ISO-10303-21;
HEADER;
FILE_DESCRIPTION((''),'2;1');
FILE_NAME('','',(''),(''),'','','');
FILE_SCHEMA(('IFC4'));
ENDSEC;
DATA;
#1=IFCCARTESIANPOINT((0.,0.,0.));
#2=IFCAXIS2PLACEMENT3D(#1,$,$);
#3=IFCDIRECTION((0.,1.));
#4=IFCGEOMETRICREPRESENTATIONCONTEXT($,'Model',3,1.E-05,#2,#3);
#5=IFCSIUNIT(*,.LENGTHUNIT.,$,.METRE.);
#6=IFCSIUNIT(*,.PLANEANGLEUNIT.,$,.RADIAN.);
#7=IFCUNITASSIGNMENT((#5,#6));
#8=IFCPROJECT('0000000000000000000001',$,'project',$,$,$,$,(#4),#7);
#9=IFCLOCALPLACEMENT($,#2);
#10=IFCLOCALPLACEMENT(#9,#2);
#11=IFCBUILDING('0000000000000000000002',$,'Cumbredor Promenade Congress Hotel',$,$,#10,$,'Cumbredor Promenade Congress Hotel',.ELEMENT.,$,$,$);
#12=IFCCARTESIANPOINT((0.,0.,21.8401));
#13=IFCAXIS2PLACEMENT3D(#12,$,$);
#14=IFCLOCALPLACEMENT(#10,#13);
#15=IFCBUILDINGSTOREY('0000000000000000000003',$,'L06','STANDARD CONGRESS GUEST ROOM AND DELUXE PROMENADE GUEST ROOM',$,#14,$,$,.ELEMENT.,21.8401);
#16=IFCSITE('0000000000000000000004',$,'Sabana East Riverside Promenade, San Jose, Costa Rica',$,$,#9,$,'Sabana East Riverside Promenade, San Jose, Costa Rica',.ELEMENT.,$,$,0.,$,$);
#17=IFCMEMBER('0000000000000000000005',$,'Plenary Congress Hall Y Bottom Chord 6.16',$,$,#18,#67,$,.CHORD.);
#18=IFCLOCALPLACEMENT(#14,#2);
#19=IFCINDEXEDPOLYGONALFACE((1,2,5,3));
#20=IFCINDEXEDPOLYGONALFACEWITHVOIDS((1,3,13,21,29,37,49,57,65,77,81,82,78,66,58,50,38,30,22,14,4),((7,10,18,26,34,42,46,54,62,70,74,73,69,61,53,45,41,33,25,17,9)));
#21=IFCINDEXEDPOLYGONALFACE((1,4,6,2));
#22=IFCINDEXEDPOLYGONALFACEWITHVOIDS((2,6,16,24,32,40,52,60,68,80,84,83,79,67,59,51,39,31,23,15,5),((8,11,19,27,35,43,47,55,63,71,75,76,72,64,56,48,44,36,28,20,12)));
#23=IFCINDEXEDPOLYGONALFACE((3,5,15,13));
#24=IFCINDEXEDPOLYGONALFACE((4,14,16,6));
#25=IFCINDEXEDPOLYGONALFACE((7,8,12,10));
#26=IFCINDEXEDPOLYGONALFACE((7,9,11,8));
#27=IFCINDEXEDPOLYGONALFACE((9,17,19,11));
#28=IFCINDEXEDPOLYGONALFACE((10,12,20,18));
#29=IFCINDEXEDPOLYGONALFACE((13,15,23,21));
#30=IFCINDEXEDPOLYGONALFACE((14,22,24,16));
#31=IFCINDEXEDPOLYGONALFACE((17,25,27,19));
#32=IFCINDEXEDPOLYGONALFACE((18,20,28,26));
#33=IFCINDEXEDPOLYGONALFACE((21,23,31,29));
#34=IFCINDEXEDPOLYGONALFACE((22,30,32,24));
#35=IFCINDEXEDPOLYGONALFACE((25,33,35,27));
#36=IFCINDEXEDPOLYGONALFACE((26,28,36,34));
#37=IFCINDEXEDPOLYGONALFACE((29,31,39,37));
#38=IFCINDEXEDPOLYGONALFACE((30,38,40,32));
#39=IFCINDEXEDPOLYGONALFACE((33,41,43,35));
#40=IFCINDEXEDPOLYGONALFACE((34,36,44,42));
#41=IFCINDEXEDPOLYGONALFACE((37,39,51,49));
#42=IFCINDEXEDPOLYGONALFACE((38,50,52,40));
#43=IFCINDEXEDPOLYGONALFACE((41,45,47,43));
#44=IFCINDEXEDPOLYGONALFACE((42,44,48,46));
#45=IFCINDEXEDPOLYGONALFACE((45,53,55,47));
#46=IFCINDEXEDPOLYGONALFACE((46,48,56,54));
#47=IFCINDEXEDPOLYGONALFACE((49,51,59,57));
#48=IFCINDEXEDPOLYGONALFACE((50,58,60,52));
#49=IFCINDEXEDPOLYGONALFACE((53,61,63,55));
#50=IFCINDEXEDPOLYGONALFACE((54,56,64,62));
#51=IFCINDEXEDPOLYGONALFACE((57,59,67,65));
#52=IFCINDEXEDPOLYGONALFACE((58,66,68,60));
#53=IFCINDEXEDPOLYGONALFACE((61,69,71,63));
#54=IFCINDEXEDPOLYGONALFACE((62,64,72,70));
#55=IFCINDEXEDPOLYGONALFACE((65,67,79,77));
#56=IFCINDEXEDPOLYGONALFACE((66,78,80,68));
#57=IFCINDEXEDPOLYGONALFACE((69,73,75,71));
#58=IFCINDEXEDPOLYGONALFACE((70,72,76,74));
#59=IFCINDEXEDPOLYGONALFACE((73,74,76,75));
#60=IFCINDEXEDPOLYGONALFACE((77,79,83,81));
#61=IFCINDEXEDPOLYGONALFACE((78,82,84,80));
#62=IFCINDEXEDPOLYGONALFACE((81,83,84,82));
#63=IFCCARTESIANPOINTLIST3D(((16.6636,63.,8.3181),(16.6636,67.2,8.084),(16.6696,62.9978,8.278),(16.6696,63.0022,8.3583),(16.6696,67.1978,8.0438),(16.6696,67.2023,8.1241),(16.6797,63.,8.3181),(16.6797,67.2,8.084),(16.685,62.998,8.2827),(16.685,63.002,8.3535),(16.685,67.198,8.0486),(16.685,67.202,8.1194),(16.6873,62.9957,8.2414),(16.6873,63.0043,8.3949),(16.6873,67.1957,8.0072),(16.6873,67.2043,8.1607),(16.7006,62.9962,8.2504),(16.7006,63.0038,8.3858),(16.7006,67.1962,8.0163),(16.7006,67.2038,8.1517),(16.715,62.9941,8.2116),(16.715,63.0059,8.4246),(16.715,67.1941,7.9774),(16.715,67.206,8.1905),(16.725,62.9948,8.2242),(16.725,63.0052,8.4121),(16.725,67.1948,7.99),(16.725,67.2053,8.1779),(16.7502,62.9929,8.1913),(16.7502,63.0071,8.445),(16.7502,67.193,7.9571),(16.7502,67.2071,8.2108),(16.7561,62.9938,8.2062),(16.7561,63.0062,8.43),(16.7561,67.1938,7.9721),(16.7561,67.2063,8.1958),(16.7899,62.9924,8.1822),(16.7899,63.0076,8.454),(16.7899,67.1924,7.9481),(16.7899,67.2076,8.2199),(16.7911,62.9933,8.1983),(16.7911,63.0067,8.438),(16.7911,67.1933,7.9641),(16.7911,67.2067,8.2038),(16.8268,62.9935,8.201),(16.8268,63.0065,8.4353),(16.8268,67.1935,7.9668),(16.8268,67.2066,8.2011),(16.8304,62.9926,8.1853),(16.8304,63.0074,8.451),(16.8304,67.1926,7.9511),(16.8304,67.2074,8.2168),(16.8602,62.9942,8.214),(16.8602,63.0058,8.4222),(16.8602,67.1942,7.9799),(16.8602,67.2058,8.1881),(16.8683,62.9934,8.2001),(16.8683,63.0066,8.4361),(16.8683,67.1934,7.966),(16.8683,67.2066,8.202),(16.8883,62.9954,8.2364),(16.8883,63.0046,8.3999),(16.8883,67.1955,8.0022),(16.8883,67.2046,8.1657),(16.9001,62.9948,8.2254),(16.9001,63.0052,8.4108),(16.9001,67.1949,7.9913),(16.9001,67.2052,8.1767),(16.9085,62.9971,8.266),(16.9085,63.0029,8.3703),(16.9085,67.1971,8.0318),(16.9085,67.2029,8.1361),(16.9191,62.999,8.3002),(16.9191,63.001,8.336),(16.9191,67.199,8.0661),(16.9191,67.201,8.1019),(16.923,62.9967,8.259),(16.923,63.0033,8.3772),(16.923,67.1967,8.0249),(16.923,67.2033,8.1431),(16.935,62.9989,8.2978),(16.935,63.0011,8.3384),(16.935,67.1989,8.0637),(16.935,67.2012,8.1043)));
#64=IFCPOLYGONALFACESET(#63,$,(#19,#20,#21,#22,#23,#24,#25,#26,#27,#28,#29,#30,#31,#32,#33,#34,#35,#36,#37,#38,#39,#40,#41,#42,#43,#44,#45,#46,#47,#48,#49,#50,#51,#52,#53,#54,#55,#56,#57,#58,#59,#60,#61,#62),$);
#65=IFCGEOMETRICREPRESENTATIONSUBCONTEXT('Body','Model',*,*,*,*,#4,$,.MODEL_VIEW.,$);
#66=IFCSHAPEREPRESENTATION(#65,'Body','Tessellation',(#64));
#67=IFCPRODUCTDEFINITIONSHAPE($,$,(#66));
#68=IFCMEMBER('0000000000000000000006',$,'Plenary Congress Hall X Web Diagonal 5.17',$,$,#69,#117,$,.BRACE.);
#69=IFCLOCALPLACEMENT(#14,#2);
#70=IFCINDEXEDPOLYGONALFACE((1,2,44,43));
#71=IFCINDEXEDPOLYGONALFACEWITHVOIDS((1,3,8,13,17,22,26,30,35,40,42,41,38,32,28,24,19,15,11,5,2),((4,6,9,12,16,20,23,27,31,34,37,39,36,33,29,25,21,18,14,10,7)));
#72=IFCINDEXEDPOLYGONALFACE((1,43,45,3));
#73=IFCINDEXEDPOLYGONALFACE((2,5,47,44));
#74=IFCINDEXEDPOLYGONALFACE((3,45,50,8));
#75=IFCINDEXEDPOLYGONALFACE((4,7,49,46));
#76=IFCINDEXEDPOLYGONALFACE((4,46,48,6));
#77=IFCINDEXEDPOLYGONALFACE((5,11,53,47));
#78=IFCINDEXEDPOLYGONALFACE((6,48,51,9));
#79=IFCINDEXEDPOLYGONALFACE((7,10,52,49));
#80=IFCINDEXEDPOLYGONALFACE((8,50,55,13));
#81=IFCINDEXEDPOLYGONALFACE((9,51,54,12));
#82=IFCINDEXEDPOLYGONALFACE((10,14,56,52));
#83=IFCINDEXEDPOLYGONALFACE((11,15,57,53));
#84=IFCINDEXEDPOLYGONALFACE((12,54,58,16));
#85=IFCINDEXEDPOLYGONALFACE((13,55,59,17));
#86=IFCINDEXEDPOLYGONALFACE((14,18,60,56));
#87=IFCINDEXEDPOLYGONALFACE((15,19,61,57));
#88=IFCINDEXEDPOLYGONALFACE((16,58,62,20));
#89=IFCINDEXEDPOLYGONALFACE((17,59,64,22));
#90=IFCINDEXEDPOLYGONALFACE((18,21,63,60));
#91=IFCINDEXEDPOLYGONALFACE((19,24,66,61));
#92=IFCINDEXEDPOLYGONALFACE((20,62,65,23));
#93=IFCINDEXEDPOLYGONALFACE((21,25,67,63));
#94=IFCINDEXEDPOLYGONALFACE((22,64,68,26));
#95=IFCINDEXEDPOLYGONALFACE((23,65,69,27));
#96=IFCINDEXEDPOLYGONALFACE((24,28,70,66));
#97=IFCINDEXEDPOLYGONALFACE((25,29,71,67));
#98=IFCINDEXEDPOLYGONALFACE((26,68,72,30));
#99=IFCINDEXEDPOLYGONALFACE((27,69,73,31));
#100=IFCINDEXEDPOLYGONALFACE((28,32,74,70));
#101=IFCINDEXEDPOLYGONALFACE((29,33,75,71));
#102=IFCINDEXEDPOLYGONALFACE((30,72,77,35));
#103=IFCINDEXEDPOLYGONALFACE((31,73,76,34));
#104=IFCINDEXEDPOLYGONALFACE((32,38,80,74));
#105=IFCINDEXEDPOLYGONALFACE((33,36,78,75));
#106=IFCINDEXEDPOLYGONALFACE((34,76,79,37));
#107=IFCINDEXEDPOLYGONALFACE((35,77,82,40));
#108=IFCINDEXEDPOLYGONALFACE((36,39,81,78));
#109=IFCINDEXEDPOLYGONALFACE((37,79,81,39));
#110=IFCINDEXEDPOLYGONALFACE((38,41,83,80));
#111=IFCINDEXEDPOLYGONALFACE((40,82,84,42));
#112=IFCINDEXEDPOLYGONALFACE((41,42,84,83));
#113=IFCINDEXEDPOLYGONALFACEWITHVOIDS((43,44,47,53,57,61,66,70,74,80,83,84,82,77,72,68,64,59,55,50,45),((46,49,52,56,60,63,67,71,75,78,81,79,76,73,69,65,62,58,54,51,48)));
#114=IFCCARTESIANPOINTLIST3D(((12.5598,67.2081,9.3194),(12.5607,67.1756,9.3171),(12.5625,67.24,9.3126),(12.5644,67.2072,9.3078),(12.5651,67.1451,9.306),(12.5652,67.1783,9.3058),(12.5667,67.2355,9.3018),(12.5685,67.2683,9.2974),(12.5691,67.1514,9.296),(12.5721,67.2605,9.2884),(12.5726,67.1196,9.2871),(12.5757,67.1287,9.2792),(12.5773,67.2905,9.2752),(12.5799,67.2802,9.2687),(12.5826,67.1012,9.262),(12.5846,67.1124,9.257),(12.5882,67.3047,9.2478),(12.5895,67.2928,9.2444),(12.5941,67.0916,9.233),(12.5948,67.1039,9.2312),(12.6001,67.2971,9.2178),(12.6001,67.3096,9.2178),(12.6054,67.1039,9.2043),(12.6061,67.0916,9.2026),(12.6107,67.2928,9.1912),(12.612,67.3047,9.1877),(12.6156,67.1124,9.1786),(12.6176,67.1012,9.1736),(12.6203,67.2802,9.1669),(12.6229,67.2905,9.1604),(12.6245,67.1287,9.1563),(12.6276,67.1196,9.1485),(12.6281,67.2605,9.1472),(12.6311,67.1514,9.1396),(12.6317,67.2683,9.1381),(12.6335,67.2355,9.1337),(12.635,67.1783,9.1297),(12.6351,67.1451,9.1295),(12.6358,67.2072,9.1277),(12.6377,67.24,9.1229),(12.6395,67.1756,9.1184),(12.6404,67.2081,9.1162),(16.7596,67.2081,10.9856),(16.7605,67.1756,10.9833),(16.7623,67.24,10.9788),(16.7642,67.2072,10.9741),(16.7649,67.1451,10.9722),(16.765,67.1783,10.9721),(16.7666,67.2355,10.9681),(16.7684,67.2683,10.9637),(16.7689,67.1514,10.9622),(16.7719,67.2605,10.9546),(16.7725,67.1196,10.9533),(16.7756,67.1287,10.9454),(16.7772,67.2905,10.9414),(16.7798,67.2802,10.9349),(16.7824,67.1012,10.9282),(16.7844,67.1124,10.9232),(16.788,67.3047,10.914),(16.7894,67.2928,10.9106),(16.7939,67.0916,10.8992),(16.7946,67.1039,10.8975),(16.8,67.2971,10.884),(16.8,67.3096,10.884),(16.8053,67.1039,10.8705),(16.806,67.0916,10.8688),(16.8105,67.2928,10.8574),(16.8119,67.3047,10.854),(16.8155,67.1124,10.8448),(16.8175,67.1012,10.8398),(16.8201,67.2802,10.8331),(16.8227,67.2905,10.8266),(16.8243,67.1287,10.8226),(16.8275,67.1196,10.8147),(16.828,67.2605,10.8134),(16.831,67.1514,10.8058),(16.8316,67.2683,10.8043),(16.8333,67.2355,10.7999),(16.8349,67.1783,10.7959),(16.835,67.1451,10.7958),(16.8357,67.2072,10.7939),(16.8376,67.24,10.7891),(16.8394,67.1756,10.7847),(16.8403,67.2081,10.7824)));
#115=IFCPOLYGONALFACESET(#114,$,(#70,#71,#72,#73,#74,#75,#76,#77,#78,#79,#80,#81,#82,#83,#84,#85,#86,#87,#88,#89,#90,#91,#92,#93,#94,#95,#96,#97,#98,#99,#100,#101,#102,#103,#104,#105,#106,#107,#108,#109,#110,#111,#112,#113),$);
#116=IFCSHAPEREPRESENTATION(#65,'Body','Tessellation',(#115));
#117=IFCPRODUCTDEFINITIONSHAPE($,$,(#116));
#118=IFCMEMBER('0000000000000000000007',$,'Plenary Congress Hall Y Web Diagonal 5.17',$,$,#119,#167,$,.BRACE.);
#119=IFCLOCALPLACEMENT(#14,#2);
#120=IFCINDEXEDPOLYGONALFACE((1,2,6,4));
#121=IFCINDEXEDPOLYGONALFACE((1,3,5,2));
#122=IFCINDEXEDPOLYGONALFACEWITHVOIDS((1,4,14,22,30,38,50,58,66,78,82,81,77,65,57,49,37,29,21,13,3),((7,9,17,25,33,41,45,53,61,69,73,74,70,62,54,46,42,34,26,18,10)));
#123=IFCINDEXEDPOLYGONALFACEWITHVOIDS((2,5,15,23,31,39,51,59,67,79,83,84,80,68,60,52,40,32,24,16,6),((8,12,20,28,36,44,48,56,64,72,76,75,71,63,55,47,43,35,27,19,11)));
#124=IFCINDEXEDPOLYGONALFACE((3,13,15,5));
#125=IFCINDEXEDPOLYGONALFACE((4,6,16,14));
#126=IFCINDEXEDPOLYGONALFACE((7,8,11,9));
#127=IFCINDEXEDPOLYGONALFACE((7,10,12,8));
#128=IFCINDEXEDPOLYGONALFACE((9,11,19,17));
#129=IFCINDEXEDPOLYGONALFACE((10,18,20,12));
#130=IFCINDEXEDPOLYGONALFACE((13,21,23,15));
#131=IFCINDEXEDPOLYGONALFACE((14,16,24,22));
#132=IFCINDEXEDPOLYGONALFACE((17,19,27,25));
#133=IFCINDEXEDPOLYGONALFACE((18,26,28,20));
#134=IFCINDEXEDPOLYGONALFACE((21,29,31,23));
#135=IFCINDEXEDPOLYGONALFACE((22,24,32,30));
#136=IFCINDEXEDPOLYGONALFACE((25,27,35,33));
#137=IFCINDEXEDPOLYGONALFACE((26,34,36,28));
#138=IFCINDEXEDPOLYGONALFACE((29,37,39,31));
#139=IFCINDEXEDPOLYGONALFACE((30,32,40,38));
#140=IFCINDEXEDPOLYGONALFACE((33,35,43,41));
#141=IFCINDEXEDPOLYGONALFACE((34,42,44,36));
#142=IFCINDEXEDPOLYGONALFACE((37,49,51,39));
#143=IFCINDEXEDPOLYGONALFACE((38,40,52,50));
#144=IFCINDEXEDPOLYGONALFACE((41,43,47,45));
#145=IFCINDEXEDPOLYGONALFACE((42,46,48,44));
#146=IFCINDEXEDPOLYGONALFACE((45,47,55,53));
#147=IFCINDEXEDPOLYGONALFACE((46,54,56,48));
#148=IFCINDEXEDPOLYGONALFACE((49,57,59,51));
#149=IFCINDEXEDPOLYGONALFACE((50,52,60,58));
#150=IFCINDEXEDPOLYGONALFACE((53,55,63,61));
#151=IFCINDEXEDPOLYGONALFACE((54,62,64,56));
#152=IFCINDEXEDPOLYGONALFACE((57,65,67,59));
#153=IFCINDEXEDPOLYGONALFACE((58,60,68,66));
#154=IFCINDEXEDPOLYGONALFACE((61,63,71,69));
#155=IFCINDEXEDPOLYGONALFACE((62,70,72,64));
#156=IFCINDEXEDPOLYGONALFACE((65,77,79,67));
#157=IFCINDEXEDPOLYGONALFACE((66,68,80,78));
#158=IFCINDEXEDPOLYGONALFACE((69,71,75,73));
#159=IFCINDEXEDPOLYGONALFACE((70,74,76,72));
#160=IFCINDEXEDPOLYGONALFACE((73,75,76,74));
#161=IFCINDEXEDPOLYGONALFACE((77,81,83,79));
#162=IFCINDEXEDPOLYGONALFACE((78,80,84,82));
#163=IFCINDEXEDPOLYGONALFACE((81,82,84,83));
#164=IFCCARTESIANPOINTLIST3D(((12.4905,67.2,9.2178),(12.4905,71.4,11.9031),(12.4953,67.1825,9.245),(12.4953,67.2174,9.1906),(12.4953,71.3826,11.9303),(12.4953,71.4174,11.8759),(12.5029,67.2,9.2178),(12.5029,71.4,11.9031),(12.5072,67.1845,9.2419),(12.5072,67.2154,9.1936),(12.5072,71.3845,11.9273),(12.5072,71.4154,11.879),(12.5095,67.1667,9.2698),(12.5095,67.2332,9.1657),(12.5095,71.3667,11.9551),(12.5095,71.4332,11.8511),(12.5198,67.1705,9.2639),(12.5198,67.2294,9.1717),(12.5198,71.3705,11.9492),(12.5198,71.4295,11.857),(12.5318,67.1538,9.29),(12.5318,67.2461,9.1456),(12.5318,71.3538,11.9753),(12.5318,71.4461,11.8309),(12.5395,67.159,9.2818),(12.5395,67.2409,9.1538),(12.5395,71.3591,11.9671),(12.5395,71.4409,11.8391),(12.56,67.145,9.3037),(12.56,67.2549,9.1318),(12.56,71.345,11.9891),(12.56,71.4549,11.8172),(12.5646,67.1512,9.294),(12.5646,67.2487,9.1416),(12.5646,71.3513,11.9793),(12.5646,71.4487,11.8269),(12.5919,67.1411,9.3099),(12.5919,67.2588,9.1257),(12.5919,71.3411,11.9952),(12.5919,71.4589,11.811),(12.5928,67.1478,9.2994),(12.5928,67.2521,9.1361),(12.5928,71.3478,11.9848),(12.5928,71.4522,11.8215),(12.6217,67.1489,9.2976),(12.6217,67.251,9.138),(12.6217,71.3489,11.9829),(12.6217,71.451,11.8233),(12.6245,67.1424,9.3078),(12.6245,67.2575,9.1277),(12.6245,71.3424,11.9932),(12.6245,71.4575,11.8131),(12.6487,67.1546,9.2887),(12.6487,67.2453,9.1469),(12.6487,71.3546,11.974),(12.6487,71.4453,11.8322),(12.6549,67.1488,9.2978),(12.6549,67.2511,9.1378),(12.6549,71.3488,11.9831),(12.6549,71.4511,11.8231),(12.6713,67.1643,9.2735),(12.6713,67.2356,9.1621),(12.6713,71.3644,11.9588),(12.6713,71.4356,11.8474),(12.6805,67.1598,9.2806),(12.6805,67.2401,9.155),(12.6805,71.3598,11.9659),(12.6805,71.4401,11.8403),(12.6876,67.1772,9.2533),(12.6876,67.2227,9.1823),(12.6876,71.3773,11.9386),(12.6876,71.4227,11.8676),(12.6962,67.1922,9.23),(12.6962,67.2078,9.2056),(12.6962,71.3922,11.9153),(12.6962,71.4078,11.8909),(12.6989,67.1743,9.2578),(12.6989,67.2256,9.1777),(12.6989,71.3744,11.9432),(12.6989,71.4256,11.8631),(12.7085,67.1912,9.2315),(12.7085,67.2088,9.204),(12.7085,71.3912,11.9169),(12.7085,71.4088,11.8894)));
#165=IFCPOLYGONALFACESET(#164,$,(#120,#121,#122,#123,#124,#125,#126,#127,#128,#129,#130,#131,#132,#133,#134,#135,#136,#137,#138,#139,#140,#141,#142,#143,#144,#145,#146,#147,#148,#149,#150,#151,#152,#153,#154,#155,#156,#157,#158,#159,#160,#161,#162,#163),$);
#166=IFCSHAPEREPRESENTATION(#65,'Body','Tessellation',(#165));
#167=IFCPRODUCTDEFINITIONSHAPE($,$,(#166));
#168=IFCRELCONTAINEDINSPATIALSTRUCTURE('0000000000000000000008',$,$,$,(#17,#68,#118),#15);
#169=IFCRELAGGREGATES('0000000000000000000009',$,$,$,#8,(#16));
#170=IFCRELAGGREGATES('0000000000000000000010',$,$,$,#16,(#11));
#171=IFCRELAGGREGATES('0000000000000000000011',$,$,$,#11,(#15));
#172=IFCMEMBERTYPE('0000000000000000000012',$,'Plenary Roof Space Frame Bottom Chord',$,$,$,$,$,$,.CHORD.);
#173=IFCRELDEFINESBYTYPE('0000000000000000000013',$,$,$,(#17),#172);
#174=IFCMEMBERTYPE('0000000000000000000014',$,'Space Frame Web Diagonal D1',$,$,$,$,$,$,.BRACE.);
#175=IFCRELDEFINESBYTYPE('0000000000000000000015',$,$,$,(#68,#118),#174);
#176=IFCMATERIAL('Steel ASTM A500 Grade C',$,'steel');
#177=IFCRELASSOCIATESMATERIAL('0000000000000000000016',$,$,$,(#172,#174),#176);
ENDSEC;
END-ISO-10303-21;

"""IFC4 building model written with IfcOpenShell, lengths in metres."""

from ifc_helpers import new_model, si_unit, direction, frame, origin, origin_2d, place, context, subcontext, project, spatial, hollow_circle, extrude, material, material_profile, profile_set, type_object, element, save


model = new_model("IFC4")

# Units and contexts
model_context = context("Model", 3, precision=1e-05, world=origin(), true_north=direction((0.0, 1.0)))
body_context = subcontext(model_context, "Body", "Model", "MODEL_VIEW")
ifc_project = project(units=[si_unit("LENGTHUNIT", "METRE"), si_unit("PLANEANGLEUNIT", "RADIAN")], contexts=[model_context])

# Site, building, storey
site_placement = place(None, origin())
site = spatial("IfcSite", under=ifc_project, at=site_placement, Name="Sabana East Riverside Promenade, San Jose, Costa Rica", LongName="Sabana East Riverside Promenade, San Jose, Costa Rica", CompositionType="ELEMENT", RefElevation=0.0)
building_placement = place(site_placement, origin())
building = spatial("IfcBuilding", under=site, at=building_placement, Name="Cumbredor Promenade Congress Hotel", LongName="Cumbredor Promenade Congress Hotel", CompositionType="ELEMENT")
storey_placement = place(building_placement, frame((0.0, 0.0, 21.8401)))
storey = spatial("IfcBuildingStorey", under=building, at=storey_placement, Name="L06", Description="STANDARD CONGRESS GUEST ROOM AND DELUXE PROMENADE GUEST ROOM", CompositionType="ELEMENT", Elevation=21.8401)

# Members
ifc_material_1 = material(Name="Steel ASTM A500 Grade C", Category="steel")
ifc_material_profile_1 = material_profile(ifc_material_1, hollow_circle(Radius=0.1365, WallThickness=0.0161, at=origin_2d()), Name="CHS 273.0x16")
ifc_profile_set_1 = profile_set([ifc_material_profile_1], Name="Steel ASTM A500 Grade C")
member_type_1 = type_object("IfcMemberType", Name="Plenary Roof Space Frame Bottom Chord", PredefinedType="CHORD", material=ifc_profile_set_1)
member_1_placement = place(storey_placement, frame((16.8, 63.0, 8.3181), z_axis=(0.0, 0.99845, -0.05566), x_axis=(-1.0, 0.0, 0.0)))
element("IfcMember", 1, at=member_1_placement, inside=storey, type_object=member_type_1, Name="Plenary Congress Hall Y Bottom Chord 6.16", PredefinedType="CHORD", context=body_context, shape_type="SweptSolid", body=[
    extrude(hollow_circle(Radius=0.1365, WallThickness=0.0161, at=origin_2d()), origin(), (0.0, 0.0, 1.0), 4.2065),
])
ifc_material_profile_2 = material_profile(ifc_material_1, hollow_circle(Radius=0.1096, WallThickness=0.0125, at=origin_2d()), Name="CHS 219.1x12.5")
ifc_profile_set_2 = profile_set([ifc_material_profile_2], Name="Steel ASTM A500 Grade C")
member_type_2 = type_object("IfcMemberType", Name="Space Frame Web Diagonal D1", PredefinedType="BRACE", material=ifc_profile_set_2)
member_2_placement = place(storey_placement, frame((12.6001, 67.2, 9.2178), z_axis=(0.92952, 0.0, 0.368771), x_axis=(0.0, 1.0, 0.0)))
element("IfcMember", 2, at=member_2_placement, inside=storey, type_object=member_type_2, Name="Plenary Congress Hall X Web Diagonal 5.17", PredefinedType="BRACE", context=body_context, shape_type="SweptSolid", body=[
    extrude(hollow_circle(Radius=0.1096, WallThickness=0.0125, at=origin_2d()), origin(), (0.0, 0.0, 1.0), 4.5183),
])
member_3_placement = place(storey_placement, frame((12.6001, 67.2, 9.2178), z_axis=(0.0, 0.842514, 0.538674), x_axis=(-1.0, 0.0, 0.0)))
element("IfcMember", 3, at=member_3_placement, inside=storey, type_object=member_type_2, Name="Plenary Congress Hall Y Web Diagonal 5.17", PredefinedType="BRACE", context=body_context, shape_type="SweptSolid", body=[
    extrude(hollow_circle(Radius=0.1096, WallThickness=0.0125, at=origin_2d()), origin(), (0.0, 0.0, 1.0), 4.9851),
])

save(model, "model.ifc")
